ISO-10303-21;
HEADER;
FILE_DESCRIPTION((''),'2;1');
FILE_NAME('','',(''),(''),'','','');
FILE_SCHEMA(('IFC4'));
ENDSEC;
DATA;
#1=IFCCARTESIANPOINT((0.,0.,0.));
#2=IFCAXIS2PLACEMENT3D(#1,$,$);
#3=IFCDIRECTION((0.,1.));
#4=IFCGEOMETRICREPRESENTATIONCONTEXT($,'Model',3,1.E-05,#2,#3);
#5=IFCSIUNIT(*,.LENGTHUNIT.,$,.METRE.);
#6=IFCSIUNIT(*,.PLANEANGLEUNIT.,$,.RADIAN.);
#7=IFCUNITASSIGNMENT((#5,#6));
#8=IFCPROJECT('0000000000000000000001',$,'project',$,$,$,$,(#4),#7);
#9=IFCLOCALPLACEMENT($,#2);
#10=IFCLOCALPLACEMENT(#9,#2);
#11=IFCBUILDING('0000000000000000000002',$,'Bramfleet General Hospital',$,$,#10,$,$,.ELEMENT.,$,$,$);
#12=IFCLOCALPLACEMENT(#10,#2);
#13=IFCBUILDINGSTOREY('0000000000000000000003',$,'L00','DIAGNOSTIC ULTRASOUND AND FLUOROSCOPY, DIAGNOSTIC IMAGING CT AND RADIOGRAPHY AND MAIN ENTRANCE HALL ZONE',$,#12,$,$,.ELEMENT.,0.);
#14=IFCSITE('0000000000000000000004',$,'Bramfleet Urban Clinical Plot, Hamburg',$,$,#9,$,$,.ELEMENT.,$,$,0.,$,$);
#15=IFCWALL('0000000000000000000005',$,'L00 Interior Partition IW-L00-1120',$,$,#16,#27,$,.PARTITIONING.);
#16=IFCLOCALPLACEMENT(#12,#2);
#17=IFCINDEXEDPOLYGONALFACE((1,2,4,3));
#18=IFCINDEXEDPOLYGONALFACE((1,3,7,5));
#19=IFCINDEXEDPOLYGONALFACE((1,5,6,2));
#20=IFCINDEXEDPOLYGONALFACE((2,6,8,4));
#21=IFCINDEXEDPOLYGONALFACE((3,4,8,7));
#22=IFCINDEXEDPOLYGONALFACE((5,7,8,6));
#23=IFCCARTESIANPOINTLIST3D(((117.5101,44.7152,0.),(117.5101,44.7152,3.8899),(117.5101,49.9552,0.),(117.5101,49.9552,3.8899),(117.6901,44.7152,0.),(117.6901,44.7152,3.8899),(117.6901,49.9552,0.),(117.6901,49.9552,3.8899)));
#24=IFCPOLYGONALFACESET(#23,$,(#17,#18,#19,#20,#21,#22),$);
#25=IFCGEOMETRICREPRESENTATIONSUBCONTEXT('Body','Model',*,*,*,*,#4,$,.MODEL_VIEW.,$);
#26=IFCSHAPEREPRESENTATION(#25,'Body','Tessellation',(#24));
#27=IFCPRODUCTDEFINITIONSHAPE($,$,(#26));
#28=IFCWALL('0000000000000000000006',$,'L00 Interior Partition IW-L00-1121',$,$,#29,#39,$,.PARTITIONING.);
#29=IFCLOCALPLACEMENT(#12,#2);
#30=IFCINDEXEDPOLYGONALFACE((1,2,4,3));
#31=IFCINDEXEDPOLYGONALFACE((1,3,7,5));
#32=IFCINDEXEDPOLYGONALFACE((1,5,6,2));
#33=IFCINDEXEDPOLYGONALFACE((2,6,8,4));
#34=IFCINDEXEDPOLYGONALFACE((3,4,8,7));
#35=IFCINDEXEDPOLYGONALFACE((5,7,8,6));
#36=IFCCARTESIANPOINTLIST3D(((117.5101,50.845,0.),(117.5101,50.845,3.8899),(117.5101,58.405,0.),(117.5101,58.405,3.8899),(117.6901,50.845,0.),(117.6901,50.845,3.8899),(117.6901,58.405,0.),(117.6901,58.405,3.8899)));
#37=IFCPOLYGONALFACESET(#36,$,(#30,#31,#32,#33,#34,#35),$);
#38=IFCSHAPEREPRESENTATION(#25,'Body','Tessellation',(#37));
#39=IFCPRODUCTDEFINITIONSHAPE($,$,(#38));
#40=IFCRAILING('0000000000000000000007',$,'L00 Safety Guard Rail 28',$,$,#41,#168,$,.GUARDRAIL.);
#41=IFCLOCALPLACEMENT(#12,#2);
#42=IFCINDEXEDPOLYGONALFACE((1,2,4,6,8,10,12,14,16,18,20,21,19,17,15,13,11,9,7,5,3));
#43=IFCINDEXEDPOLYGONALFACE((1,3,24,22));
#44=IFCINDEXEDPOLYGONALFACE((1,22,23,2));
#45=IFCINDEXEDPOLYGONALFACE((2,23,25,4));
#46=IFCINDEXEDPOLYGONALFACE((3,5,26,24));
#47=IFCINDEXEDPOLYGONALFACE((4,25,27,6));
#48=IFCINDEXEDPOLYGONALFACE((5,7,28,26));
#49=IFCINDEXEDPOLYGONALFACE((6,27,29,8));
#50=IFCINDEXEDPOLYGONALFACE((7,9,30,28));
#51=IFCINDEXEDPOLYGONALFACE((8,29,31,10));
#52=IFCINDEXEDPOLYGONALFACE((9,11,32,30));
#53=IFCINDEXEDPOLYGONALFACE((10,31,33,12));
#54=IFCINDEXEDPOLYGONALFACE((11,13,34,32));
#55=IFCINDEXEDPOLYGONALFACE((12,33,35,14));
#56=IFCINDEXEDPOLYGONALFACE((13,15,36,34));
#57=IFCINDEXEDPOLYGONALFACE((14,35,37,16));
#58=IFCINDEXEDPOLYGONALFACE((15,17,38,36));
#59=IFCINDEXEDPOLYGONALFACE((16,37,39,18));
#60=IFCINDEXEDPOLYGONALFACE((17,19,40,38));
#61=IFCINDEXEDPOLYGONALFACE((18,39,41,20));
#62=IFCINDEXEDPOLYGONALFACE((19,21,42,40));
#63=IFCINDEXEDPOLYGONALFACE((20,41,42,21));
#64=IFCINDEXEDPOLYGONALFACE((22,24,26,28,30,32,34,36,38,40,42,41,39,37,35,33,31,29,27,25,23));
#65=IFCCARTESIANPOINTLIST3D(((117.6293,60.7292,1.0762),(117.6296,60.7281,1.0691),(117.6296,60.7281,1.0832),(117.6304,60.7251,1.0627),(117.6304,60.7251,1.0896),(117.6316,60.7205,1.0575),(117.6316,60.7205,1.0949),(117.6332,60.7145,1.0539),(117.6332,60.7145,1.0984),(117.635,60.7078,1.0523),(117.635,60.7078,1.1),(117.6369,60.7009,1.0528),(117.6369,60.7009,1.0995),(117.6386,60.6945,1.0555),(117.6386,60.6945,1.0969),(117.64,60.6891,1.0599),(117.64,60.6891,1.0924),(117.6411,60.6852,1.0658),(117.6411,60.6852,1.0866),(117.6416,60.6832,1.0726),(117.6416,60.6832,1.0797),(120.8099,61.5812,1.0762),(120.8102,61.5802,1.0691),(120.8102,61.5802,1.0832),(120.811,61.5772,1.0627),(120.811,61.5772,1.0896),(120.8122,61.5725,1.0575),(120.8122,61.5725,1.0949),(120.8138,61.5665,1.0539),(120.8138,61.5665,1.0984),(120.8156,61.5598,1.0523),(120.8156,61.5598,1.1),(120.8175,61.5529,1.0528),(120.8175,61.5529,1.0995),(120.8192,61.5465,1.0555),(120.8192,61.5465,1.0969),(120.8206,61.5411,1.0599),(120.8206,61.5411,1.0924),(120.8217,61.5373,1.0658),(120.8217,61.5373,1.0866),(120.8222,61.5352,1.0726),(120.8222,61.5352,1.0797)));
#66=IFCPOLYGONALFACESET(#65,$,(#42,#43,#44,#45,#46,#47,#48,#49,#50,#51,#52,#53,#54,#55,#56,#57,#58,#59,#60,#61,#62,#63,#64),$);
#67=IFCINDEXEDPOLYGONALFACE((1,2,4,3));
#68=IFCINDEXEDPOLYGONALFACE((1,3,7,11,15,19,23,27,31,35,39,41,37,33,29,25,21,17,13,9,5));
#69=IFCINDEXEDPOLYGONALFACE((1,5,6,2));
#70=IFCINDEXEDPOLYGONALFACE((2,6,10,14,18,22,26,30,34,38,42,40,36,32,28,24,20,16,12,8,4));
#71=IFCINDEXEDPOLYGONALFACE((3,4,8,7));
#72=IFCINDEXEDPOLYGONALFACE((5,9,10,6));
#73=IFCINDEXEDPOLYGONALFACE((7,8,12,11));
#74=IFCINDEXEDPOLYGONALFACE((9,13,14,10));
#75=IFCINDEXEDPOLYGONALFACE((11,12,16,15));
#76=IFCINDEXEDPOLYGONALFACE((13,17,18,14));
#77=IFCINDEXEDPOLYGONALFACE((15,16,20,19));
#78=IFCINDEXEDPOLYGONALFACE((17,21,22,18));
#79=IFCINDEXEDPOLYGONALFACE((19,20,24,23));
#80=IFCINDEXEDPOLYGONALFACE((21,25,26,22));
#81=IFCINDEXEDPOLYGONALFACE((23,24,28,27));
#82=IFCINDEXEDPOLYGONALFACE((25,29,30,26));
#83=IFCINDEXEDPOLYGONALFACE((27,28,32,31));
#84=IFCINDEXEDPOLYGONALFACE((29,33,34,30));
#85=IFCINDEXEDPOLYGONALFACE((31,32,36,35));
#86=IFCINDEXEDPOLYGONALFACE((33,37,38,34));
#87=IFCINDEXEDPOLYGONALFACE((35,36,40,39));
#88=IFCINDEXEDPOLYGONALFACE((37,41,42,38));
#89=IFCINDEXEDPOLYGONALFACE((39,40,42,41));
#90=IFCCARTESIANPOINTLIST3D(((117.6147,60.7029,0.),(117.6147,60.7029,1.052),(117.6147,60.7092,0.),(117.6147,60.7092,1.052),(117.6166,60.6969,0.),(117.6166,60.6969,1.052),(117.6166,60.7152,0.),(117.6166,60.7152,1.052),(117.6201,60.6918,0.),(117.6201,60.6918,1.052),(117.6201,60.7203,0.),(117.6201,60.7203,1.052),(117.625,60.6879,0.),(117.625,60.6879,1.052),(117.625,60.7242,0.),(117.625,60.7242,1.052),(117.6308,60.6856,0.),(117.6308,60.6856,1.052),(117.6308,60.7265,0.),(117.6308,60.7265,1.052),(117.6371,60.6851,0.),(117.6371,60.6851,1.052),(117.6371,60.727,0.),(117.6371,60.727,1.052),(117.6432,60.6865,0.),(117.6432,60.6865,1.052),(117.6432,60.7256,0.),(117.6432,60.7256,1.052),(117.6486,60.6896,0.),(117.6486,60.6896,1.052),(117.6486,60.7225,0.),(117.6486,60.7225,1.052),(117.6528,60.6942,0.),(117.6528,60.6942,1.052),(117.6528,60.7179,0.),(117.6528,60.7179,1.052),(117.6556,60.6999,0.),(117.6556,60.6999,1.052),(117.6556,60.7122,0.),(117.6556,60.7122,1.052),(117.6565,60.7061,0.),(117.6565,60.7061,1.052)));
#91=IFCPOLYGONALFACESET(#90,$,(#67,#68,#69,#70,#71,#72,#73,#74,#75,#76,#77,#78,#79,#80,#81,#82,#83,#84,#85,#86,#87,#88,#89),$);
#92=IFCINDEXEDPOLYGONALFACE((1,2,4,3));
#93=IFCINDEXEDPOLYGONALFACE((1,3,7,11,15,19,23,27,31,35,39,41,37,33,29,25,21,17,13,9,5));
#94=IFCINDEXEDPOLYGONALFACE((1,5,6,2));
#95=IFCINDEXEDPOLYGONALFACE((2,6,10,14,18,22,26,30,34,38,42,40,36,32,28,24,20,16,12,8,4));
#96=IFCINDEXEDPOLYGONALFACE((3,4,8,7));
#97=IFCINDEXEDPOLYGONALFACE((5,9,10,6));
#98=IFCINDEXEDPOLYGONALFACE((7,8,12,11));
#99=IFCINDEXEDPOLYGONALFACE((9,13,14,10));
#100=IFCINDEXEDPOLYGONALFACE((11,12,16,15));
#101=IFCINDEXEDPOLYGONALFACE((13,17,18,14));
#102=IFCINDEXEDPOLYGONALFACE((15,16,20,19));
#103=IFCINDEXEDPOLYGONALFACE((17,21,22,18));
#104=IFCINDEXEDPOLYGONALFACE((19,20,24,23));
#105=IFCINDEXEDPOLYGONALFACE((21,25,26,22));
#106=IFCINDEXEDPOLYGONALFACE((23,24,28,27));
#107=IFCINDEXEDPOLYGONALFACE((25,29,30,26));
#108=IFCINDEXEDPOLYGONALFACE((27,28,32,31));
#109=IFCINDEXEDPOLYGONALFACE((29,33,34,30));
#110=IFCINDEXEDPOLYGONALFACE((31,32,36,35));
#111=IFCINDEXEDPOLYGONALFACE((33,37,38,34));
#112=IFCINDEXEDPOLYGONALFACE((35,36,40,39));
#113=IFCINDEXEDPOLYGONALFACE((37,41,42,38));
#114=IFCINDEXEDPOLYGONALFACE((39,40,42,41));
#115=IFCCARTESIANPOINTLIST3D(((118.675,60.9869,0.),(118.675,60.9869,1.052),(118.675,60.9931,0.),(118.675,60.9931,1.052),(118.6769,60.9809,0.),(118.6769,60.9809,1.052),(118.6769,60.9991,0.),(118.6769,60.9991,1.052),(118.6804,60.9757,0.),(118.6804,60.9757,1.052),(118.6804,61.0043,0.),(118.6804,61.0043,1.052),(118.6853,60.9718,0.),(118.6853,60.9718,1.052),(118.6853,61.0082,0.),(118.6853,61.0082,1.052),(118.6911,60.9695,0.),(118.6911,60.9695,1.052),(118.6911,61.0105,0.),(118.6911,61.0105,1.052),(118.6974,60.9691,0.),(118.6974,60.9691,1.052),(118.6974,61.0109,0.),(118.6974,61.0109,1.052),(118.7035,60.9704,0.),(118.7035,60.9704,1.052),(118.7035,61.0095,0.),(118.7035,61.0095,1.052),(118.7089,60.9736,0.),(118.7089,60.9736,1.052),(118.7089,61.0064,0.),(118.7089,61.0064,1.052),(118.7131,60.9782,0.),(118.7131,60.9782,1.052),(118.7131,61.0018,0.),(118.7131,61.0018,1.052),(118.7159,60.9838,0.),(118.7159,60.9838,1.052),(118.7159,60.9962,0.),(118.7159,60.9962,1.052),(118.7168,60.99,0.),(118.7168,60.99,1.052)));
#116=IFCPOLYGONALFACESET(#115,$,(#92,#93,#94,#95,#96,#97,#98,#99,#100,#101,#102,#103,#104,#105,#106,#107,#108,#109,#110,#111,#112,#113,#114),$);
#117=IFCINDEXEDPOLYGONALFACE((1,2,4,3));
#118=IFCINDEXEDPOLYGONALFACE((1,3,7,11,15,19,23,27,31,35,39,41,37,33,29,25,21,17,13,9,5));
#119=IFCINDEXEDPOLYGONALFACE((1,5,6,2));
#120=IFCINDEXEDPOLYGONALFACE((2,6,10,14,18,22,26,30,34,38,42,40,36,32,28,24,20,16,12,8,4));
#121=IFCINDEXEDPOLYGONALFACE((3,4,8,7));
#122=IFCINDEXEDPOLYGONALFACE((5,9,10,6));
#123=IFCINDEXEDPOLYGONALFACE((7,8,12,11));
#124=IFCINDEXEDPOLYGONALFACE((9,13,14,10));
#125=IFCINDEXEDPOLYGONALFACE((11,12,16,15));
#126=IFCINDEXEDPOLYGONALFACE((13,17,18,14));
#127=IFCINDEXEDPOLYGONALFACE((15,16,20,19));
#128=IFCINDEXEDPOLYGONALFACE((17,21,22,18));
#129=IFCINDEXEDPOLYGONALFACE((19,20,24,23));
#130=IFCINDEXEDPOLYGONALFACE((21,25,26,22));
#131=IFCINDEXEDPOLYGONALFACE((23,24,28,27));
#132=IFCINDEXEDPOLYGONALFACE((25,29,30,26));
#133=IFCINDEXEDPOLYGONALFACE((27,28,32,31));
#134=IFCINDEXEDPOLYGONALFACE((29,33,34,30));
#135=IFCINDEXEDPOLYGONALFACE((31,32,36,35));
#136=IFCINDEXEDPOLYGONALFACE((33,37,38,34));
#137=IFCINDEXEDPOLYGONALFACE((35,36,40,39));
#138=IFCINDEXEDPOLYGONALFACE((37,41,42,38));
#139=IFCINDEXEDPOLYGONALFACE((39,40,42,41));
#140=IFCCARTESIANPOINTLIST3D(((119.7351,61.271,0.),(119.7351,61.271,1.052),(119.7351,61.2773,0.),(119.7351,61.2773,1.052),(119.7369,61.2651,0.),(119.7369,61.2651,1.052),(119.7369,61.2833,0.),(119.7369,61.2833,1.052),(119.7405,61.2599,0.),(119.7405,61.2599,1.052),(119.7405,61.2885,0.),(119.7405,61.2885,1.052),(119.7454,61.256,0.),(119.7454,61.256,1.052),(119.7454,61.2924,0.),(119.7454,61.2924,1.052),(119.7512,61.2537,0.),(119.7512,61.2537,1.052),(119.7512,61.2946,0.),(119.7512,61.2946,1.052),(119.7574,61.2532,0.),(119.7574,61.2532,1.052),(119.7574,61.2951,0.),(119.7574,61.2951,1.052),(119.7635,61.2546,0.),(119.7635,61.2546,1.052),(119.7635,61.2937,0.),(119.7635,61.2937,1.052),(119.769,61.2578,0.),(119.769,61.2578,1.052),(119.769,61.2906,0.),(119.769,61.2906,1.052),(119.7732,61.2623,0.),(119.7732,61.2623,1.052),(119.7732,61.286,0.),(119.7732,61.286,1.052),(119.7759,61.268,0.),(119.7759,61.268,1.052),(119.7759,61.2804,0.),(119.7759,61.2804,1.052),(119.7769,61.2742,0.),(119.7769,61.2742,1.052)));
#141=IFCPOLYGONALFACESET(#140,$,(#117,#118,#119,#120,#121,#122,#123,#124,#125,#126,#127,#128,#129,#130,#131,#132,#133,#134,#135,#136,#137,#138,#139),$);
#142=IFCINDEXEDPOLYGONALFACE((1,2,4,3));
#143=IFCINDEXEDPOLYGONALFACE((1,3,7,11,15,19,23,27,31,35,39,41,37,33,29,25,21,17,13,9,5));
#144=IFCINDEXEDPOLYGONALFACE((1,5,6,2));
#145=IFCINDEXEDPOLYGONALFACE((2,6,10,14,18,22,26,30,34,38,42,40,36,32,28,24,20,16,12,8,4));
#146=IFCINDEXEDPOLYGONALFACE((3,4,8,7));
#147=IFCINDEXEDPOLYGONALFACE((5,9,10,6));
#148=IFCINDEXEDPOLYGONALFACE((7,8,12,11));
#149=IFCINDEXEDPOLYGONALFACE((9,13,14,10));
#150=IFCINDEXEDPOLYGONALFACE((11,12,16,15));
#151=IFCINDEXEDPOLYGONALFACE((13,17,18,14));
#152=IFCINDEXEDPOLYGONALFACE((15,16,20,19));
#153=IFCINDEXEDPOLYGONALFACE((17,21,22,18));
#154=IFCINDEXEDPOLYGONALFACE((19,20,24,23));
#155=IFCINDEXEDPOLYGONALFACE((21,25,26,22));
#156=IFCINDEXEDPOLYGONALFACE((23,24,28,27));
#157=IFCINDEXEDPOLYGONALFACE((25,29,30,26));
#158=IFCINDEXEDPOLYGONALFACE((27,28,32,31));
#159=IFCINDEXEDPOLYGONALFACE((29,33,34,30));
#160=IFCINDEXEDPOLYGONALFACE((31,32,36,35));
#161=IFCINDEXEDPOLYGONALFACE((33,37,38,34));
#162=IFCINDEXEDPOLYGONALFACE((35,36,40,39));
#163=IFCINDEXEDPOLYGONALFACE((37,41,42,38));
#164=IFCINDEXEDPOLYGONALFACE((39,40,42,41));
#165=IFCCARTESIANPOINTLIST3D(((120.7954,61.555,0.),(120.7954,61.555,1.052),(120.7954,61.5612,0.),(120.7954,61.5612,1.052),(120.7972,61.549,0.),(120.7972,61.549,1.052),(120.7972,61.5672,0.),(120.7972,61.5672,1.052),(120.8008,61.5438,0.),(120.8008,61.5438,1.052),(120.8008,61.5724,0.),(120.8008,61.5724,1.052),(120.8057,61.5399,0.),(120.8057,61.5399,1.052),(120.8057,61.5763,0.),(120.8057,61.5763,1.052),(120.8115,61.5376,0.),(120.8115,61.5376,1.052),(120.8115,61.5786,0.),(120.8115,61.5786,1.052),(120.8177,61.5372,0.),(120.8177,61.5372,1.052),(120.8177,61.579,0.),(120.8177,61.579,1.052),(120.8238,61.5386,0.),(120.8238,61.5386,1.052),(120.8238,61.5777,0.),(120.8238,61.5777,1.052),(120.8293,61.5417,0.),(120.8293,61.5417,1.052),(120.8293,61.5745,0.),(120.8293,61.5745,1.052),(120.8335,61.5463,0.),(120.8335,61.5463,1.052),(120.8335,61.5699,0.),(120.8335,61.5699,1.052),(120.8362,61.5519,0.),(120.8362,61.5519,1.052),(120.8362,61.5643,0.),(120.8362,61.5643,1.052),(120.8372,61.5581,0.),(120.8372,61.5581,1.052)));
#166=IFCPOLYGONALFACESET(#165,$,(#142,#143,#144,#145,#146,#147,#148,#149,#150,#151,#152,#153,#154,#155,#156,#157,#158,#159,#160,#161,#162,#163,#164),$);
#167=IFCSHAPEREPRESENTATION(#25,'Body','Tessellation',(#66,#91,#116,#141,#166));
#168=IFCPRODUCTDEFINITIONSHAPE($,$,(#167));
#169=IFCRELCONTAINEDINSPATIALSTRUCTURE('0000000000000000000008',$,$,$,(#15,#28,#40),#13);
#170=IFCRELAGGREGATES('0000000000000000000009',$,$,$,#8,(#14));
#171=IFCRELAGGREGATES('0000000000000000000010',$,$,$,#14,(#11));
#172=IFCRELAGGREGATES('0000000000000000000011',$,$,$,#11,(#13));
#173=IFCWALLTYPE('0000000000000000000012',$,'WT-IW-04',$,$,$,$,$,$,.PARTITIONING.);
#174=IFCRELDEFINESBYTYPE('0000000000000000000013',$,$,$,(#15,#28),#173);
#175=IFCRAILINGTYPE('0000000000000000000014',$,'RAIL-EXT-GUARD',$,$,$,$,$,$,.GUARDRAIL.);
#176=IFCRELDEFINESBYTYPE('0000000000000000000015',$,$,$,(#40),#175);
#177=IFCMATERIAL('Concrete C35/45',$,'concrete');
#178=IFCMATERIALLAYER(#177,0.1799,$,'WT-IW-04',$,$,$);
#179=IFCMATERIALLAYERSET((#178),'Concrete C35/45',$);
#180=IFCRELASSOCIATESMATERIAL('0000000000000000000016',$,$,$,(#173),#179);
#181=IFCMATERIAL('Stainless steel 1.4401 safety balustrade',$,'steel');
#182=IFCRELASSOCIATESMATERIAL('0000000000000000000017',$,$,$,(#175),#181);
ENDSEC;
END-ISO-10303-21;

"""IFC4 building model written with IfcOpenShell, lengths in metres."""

from ifc_helpers import new_model, si_unit, direction, frame, frame_2d, origin, origin_2d, place, context, subcontext, project, spatial, rectangle, circle, extrude, material, layer, layer_set, type_object, element, save


model = new_model("IFC4")

# Units and contexts
model_context = context("Model", 3, precision=1e-05, world=origin(), true_north=direction((0.0, 1.0)))
body_context = subcontext(model_context, "Body", "Model", "MODEL_VIEW")
ifc_project = project(units=[si_unit("LENGTHUNIT", "METRE"), si_unit("PLANEANGLEUNIT", "RADIAN")], contexts=[model_context])

# Site, building, storey
site_placement = place(None, origin())
site = spatial("IfcSite", under=ifc_project, at=site_placement, Name="Bramfleet Urban Clinical Plot, Hamburg", CompositionType="ELEMENT", RefElevation=0.0)
building_placement = place(site_placement, origin())
building = spatial("IfcBuilding", under=site, at=building_placement, Name="Bramfleet General Hospital", CompositionType="ELEMENT")
storey_placement = place(building_placement, origin())
storey = spatial("IfcBuildingStorey", under=building, at=storey_placement, Name="L00", Description="DIAGNOSTIC ULTRASOUND AND FLUOROSCOPY, DIAGNOSTIC IMAGING CT AND RADIOGRAPHY AND MAIN ENTRANCE HALL ZONE", CompositionType="ELEMENT", Elevation=0.0)

# Shared definitions
ifc_material_1 = material(Name="Concrete C35/45", Category="concrete")

# Shared definitions
ifc_layer_1 = layer(ifc_material_1, 0.1799, Name="WT-IW-04")
ifc_layer_set_1 = layer_set([ifc_layer_1], Name="Concrete C35/45")
wall_type = type_object("IfcWallType", Name="WT-IW-04", PredefinedType="PARTITIONING", material=ifc_layer_set_1)

# Walls
wall_1_placement = place(storey_placement, frame((117.6001, 44.7151, 0.0), z_axis=(0.0, 0.0, 1.0), x_axis=(0.0, 1.0, 0.0)))
element("IfcWall", 1, at=wall_1_placement, inside=storey, type_object=wall_type, Name="L00 Interior Partition IW-L00-1120", PredefinedType="PARTITIONING", context=body_context, shape_type="SweptSolid", body=[
    extrude(rectangle(XDim=5.24, YDim=0.1799, at=frame_2d((2.6201, 0.0))), origin(), (0.0, 0.0, 1.0), 3.8899),
])
wall_2_placement = place(storey_placement, frame((117.6001, 50.845, 0.0), z_axis=(0.0, 0.0, 1.0), x_axis=(0.0, 1.0, 0.0)))
element("IfcWall", 2, at=wall_2_placement, inside=storey, type_object=wall_type, Name="L00 Interior Partition IW-L00-1121", PredefinedType="PARTITIONING", context=body_context, shape_type="SweptSolid", body=[
    extrude(rectangle(XDim=7.5601, YDim=0.1799, at=frame_2d((3.78, 0.0))), origin(), (0.0, 0.0, 1.0), 3.8899),
])

# Railing
ifc_material_2 = material(Name="Stainless steel 1.4401 safety balustrade", Category="steel")
railing_type = type_object("IfcRailingType", Name="RAIL-EXT-GUARD", PredefinedType="GUARDRAIL", material=ifc_material_2)
railing_placement = place(storey_placement, frame((117.6355, 60.7061, 0.0)))
element("IfcRailing", 3, at=railing_placement, inside=storey, type_object=railing_type, Name="L00 Safety Guard Rail 28", PredefinedType="GUARDRAIL", context=body_context, shape_type="SweptSolid", body=[
    extrude(circle(Radius=0.0239, at=origin_2d()), frame((0.0, 0.0, 1.0762), z_axis=(0.965941, 0.258761, 0.0), x_axis=(-0.258761, 0.965941, 0.0)), (0.0, 0.0, 1.0), 3.2927),
    extrude(circle(Radius=0.021, at=origin_2d()), origin(), (0.0, 0.0, 1.0), 1.052),
    extrude(circle(Radius=0.021, at=origin_2d()), frame((1.0603, 0.2839, 0.0)), (0.0, 0.0, 1.0), 1.052),
    extrude(circle(Radius=0.021, at=origin_2d()), frame((2.1204, 0.5681, 0.0)), (0.0, 0.0, 1.0), 1.052),
    extrude(circle(Radius=0.021, at=origin_2d()), frame((3.1807, 0.8521, 0.0)), (0.0, 0.0, 1.0), 1.052),
])

save(model, "model.ifc")
